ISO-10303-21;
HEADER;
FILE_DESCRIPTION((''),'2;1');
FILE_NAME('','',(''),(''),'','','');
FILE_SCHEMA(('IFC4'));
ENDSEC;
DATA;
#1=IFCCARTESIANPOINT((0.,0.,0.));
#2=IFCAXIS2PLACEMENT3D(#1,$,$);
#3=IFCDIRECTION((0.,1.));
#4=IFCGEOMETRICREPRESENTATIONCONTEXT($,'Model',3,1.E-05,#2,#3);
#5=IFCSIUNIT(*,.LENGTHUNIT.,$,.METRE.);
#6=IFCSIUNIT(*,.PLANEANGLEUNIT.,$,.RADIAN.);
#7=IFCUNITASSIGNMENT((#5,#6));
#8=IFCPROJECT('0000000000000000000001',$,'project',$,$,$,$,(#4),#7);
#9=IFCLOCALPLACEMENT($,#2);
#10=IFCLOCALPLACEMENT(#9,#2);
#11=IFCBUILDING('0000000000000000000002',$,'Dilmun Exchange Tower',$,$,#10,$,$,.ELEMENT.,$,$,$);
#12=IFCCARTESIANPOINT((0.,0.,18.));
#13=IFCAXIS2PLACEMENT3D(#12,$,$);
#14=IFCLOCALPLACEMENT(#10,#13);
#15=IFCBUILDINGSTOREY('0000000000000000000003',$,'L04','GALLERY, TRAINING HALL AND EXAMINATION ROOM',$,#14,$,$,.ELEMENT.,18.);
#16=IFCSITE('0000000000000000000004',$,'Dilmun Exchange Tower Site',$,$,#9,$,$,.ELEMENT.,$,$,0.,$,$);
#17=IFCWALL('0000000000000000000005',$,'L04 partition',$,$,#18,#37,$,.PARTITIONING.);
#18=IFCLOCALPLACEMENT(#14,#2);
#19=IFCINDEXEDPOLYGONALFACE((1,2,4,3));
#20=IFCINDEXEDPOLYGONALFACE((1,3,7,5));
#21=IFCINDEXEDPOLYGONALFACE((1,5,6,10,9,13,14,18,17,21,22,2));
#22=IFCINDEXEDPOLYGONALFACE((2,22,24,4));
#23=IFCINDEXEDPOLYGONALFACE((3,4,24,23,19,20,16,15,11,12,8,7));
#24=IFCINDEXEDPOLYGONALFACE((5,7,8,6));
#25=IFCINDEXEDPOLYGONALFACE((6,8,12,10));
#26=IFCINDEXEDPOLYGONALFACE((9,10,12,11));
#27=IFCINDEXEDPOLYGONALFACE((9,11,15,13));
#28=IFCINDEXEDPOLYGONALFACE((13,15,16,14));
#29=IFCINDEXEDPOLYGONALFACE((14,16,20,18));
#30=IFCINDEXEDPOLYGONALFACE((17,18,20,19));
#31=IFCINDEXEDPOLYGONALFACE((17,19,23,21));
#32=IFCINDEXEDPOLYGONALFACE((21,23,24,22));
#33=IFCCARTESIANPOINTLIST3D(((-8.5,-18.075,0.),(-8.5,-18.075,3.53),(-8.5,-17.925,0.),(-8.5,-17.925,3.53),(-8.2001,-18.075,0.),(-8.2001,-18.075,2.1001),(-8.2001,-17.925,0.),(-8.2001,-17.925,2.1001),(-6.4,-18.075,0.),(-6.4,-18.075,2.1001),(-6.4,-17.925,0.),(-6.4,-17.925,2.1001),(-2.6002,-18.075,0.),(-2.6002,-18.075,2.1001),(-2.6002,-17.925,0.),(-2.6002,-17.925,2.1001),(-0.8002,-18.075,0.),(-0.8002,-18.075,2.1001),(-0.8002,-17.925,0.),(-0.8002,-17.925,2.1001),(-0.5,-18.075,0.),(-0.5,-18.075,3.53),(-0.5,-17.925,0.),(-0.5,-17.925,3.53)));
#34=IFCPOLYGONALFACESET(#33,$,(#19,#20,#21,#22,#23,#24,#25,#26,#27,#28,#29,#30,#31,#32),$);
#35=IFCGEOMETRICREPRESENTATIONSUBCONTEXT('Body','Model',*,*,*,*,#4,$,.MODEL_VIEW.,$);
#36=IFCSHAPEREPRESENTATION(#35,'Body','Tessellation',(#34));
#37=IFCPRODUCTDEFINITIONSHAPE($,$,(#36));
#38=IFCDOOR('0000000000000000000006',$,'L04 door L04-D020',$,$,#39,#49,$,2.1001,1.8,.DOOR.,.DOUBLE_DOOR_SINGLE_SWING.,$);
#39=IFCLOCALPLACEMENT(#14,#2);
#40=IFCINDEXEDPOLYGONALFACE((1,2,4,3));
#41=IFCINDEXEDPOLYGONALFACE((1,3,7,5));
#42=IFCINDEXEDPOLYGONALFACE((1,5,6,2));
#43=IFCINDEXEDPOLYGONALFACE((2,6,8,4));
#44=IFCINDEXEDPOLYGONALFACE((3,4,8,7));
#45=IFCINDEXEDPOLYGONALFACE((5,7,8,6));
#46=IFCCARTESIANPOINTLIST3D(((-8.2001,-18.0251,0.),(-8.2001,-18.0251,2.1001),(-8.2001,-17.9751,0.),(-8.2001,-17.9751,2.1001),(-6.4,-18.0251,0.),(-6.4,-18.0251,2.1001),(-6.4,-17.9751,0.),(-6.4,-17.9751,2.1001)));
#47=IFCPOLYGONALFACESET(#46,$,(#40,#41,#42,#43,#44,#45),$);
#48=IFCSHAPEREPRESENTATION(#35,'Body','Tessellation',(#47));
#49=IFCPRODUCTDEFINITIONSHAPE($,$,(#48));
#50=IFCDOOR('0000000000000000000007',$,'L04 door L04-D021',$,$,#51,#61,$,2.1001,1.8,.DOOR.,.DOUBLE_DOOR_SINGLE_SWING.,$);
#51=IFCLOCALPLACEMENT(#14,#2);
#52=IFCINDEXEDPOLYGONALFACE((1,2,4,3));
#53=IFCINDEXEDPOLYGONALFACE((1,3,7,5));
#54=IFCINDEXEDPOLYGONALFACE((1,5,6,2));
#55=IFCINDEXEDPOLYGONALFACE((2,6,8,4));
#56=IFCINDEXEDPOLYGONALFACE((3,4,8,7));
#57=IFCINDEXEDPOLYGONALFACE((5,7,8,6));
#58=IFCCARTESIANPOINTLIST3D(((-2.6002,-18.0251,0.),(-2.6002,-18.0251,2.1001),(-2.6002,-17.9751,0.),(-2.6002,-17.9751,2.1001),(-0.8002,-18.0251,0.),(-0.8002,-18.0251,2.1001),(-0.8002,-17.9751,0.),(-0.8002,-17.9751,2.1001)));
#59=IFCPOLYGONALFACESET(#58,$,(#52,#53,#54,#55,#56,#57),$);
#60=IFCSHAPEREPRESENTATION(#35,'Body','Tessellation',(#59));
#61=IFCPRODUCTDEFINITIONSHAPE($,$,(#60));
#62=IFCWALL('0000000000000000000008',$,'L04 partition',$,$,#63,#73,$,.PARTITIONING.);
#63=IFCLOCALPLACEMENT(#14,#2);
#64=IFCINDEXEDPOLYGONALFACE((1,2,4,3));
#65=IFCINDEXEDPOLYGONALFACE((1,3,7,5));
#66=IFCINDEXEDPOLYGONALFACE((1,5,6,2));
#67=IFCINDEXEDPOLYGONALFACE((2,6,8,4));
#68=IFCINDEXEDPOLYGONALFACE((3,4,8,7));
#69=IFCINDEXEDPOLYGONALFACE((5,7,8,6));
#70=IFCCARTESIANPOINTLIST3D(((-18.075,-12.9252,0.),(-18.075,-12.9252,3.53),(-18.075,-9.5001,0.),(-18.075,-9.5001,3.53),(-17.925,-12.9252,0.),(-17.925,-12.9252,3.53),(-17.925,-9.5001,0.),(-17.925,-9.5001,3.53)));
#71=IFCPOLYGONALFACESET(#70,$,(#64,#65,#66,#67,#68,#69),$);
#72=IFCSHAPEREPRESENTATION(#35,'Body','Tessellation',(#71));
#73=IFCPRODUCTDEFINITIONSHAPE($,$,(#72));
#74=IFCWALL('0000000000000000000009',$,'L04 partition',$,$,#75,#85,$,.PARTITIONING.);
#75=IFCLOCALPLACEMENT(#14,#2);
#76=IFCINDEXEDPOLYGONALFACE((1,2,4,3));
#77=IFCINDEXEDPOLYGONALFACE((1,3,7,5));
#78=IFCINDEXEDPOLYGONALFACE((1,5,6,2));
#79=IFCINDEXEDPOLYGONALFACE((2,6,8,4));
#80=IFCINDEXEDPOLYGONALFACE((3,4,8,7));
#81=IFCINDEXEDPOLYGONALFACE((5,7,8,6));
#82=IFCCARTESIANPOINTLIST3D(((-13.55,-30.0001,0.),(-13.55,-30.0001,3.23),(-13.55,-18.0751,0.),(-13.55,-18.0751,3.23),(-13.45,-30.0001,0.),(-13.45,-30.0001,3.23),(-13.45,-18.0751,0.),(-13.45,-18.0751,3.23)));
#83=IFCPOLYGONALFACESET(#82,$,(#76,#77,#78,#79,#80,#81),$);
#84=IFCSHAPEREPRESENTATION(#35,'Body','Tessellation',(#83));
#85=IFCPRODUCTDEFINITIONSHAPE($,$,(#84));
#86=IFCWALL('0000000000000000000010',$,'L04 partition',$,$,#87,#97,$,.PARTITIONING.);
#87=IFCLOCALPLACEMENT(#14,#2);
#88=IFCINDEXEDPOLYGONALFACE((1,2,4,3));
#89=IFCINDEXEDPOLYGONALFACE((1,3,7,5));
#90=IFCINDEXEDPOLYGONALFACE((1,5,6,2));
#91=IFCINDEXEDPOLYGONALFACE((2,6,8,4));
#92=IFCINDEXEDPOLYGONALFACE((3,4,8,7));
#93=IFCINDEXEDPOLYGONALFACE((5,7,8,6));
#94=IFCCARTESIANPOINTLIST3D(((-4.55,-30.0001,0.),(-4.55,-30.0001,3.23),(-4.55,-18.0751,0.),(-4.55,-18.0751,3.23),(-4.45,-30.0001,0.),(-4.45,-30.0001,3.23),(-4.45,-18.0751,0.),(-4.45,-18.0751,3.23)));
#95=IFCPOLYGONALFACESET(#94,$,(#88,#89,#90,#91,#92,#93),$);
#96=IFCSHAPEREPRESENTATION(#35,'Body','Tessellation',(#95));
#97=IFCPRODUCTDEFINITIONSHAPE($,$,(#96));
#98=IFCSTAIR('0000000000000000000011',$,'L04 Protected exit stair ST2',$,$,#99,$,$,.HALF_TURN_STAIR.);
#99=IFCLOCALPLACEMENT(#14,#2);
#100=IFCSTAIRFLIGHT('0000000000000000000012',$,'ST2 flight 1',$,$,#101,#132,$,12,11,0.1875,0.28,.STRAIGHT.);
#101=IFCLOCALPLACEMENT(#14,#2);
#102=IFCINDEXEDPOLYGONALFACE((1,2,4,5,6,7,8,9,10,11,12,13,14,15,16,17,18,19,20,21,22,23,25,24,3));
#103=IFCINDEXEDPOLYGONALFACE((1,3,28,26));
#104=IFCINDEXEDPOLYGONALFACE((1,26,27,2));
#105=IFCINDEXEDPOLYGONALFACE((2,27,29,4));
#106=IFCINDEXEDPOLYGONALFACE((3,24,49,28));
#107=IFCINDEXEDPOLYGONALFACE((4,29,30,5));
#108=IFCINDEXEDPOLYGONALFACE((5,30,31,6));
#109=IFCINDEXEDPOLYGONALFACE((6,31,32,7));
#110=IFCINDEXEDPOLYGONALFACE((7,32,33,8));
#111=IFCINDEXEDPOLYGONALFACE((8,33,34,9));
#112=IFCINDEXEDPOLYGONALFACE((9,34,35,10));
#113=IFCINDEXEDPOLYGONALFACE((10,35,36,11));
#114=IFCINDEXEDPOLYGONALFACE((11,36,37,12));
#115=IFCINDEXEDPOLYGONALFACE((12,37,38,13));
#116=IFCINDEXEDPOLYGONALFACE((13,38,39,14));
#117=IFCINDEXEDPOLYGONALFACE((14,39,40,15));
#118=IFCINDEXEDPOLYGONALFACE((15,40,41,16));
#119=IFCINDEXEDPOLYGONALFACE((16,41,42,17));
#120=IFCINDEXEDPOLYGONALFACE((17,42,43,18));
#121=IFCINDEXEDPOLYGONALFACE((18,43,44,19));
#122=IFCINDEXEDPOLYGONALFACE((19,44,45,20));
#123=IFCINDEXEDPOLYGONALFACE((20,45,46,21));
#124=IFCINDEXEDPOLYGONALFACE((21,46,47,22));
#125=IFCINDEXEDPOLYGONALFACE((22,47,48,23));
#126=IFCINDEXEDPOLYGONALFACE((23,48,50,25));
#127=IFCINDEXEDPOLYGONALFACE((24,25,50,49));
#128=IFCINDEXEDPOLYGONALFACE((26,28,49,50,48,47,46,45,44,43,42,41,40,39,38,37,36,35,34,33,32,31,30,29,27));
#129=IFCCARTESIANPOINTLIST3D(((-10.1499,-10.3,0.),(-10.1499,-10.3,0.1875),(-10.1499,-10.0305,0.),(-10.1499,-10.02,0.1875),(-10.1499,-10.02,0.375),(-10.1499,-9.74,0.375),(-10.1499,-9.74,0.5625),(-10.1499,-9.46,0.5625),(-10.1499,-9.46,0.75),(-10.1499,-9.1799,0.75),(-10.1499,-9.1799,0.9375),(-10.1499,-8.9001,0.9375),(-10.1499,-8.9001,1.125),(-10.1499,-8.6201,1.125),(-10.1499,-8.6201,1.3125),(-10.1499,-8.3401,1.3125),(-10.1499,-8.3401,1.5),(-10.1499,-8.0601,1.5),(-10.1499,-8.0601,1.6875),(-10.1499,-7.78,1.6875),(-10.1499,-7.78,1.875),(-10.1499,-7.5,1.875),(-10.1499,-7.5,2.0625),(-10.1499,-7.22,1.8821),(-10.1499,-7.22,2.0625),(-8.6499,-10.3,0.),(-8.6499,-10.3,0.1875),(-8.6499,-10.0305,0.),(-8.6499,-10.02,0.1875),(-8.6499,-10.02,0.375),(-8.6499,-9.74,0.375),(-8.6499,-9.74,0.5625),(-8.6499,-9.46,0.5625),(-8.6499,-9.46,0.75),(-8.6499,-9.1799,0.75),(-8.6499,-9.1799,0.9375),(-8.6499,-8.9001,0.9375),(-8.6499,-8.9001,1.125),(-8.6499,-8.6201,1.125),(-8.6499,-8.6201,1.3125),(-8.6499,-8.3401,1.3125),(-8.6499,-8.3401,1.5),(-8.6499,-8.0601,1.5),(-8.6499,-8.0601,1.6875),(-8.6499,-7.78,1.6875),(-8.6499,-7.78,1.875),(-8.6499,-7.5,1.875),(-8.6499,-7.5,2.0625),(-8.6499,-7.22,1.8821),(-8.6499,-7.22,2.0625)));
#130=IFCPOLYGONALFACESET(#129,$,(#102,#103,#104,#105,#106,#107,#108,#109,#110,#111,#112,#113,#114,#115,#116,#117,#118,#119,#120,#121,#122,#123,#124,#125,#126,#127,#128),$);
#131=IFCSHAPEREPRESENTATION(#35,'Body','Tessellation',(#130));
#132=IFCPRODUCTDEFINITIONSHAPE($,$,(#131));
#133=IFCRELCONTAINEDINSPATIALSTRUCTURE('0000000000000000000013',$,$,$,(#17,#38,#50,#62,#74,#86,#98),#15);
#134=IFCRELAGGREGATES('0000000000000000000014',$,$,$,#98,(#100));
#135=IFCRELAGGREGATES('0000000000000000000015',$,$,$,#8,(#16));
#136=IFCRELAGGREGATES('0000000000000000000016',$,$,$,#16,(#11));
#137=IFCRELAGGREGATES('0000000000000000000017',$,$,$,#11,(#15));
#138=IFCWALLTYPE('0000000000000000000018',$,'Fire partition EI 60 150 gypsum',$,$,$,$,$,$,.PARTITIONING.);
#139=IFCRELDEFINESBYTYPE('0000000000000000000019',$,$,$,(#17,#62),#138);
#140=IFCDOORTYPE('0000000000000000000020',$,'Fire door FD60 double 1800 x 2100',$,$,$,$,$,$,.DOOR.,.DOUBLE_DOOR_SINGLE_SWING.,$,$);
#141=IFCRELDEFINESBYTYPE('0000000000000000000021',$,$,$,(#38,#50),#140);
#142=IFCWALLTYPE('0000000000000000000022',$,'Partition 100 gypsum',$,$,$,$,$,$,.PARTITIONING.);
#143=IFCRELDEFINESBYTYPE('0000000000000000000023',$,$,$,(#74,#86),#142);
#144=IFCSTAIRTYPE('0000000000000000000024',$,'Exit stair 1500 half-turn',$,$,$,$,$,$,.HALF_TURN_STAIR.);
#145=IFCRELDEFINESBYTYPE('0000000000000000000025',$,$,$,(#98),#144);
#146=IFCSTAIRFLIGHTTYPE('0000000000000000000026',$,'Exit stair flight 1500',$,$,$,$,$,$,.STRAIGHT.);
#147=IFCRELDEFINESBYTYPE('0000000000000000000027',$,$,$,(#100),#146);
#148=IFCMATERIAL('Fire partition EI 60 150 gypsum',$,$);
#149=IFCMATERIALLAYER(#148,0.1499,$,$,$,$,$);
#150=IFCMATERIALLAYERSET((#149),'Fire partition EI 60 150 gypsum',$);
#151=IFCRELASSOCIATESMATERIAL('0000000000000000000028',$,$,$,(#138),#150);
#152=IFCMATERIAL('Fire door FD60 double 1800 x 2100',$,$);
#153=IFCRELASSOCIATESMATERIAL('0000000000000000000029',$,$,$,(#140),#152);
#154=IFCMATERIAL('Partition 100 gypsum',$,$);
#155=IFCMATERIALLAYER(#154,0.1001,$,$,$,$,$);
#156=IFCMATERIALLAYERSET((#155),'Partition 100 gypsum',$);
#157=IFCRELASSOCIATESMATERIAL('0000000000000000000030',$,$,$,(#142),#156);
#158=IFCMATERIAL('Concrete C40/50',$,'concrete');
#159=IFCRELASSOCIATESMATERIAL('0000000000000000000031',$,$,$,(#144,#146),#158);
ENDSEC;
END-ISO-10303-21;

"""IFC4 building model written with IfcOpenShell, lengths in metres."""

from ifc_helpers import new_model, si_unit, direction, frame, frame_2d, origin, place, context, subcontext, project, spatial, polyline, rectangle, outline, extrude, material, layer, layer_set, type_object, element, fill, aggregate, save


model = new_model("IFC4")

# Units and contexts
model_context = context("Model", 3, precision=1e-05, world=origin(), true_north=direction((0.0, 1.0)))
body_context = subcontext(model_context, "Body", "Model", "MODEL_VIEW")
ifc_project = project(units=[si_unit("LENGTHUNIT", "METRE"), si_unit("PLANEANGLEUNIT", "RADIAN")], contexts=[model_context])

# Site, building, storey
site_placement = place(None, origin())
site = spatial("IfcSite", under=ifc_project, at=site_placement, Name="Dilmun Exchange Tower Site", CompositionType="ELEMENT", RefElevation=0.0)
building_placement = place(site_placement, origin())
building = spatial("IfcBuilding", under=site, at=building_placement, Name="Dilmun Exchange Tower", CompositionType="ELEMENT")
storey_placement = place(building_placement, frame((0.0, 0.0, 18.0)))
storey = spatial("IfcBuildingStorey", under=building, at=storey_placement, Name="L04", Description="GALLERY, TRAINING HALL AND EXAMINATION ROOM", CompositionType="ELEMENT", Elevation=18.0)

# Shared definitions
ifc_material_1 = material(Name="Concrete C40/50", Category="concrete")

# Shared definitions
ifc_material_2 = material(Name="Fire partition EI 60 150 gypsum")
ifc_layer_1 = layer(ifc_material_2, 0.1499)
ifc_layer_set_1 = layer_set([ifc_layer_1], Name="Fire partition EI 60 150 gypsum")
wall_type_1 = type_object("IfcWallType", Name="Fire partition EI 60 150 gypsum", PredefinedType="PARTITIONING", material=ifc_layer_set_1)

# Wall, openings, doors
wall_1_placement = place(storey_placement, frame((-8.5, -18.0, 0.0), z_axis=(0.0, 0.0, 1.0), x_axis=(1.0, 0.0, 0.0)))
wall_1 = element("IfcWall", 1, at=wall_1_placement, inside=storey, type_object=wall_type_1, Name="L04 partition", PredefinedType="PARTITIONING", context=body_context, shape_type="SweptSolid", body=[
    extrude(rectangle(XDim=8.0, YDim=0.1499, at=frame_2d((4.0, 0.0))), origin(), (0.0, 0.0, 1.0), 3.53),
])
opening_1_placement = place(wall_1_placement, frame((0.3, 0.0, 0.0)))
opening_1 = element("IfcOpeningElement", 2, at=opening_1_placement, cuts=wall_1, PredefinedType="OPENING", context=body_context, shape_type="SweptSolid", body=[
    extrude(rectangle(XDim=1.8, YDim=2.1001, at=frame_2d((0.8999, 1.05))), frame((0.0, 0.085, 0.0), z_axis=(0.0, -1.0, 0.0), x_axis=(1.0, 0.0, 0.0)), (0.0, 0.0, 1.0), 0.1699),
])
opening_2_placement = place(wall_1_placement, frame((5.8999, 0.0, 0.0)))
opening_2 = element("IfcOpeningElement", 3, at=opening_2_placement, cuts=wall_1, PredefinedType="OPENING", context=body_context, shape_type="SweptSolid", body=[
    extrude(rectangle(XDim=1.8, YDim=2.1001, at=frame_2d((0.8999, 1.05))), frame((0.0, 0.085, 0.0), z_axis=(0.0, -1.0, 0.0), x_axis=(1.0, 0.0, 0.0)), (0.0, 0.0, 1.0), 0.1699),
])
ifc_material_3 = material(Name="Fire door FD60 double 1800 x 2100")
door_type_1 = type_object("IfcDoorType", Name="Fire door FD60 double 1800 x 2100", OperationType="DOUBLE_DOOR_SINGLE_SWING", PredefinedType="DOOR", material=ifc_material_3)
door_1_placement = place(opening_1_placement, origin())
door_1 = element("IfcDoor", 4, at=door_1_placement, inside=storey, type_object=door_type_1, Name="L04 door L04-D020", OperationType="DOUBLE_DOOR_SINGLE_SWING", OverallHeight=2.1001, OverallWidth=1.8, PredefinedType="DOOR", context=body_context, shape_type="SweptSolid", body=[
    extrude(rectangle(XDim=1.8, YDim=2.1001, at=frame_2d((0.8999, 1.05))), frame((0.0, 0.0249, 0.0), z_axis=(0.0, -1.0, 0.0), x_axis=(1.0, 0.0, 0.0)), (0.0, 0.0, 1.0), 0.05),
])
fill(opening_1, door_1)
door_2_placement = place(opening_2_placement, origin())
door_2 = element("IfcDoor", 5, at=door_2_placement, inside=storey, type_object=door_type_1, Name="L04 door L04-D021", OperationType="DOUBLE_DOOR_SINGLE_SWING", OverallHeight=2.1001, OverallWidth=1.8, PredefinedType="DOOR", context=body_context, shape_type="SweptSolid", body=[
    extrude(rectangle(XDim=1.8, YDim=2.1001, at=frame_2d((0.8999, 1.05))), frame((0.0, 0.0249, 0.0), z_axis=(0.0, -1.0, 0.0), x_axis=(1.0, 0.0, 0.0)), (0.0, 0.0, 1.0), 0.05),
])
fill(opening_2, door_2)

# Walls
wall_2_placement = place(storey_placement, frame((-18.0, -12.925, 0.0), z_axis=(0.0, 0.0, 1.0), x_axis=(0.0, 1.0, 0.0)))
element("IfcWall", 6, at=wall_2_placement, inside=storey, type_object=wall_type_1, Name="L04 partition", PredefinedType="PARTITIONING", context=body_context, shape_type="SweptSolid", body=[
    extrude(rectangle(XDim=3.425, YDim=0.1499, at=frame_2d((1.7124, 0.0))), origin(), (0.0, 0.0, 1.0), 3.53),
])
ifc_material_4 = material(Name="Partition 100 gypsum")
ifc_layer_2 = layer(ifc_material_4, 0.1001)
ifc_layer_set_2 = layer_set([ifc_layer_2], Name="Partition 100 gypsum")
wall_type_2 = type_object("IfcWallType", Name="Partition 100 gypsum", PredefinedType="PARTITIONING", material=ifc_layer_set_2)
for number, where, z_axis, x_axis, name in (
    (7, (-13.5, -30.0, 0.0), (0.0, 0.0, 1.0), (0.0, 1.0, 0.0), "L04 partition"),
    (8, (-4.5, -30.0, 0.0), (0.0, 0.0, 1.0), (0.0, 1.0, 0.0), "L04 partition"),
):
    element("IfcWall", number, at=place(storey_placement, frame(where, z_axis=z_axis, x_axis=x_axis)), inside=storey, type_object=wall_type_2, Name=name, PredefinedType="PARTITIONING", context=body_context, shape_type="SweptSolid", body=[
        extrude(rectangle(XDim=11.925, YDim=0.1001, at=frame_2d((5.9624, 0.0))), origin(), (0.0, 0.0, 1.0), 3.23),
    ])

# Stair, stair flight
stair_type = type_object("IfcStairType", Name="Exit stair 1500 half-turn", PredefinedType="HALF_TURN_STAIR", material=ifc_material_1)
stair_placement = place(storey_placement, origin())
stair = element("IfcStair", 9, at=stair_placement, inside=storey, type_object=stair_type, Name="L04 Protected exit stair ST2", PredefinedType="HALF_TURN_STAIR")
stair_flight_type = type_object("IfcStairFlightType", Name="Exit stair flight 1500", PredefinedType="STRAIGHT", material=ifc_material_1)
stair_flight_placement = place(storey_placement, frame((-9.3999, -10.3, 0.0), z_axis=(0.0, 0.0, 1.0), x_axis=(0.0, 1.0, 0.0)))
stair_flight = element("IfcStairFlight", 10, at=stair_flight_placement, type_object=stair_flight_type, Name="ST2 flight 1", NumberOfRisers=12, NumberOfTreads=11, PredefinedType="STRAIGHT", RiserHeight=0.1875, TreadLength=0.28, context=body_context, shape_type="SweptSolid", body=[
    extrude(outline(polyline([(0.0, 0.0), (0.0, 0.1875), (0.28, 0.1875), (0.28, 0.375), (0.5601, 0.375), (0.5601, 0.5625), (0.8401, 0.5625), (0.8401, 0.75), (1.1201, 0.75), (1.1201, 0.9375), (1.3999, 0.9375), (1.3999, 1.125), (1.6799, 1.125), (1.6799, 1.3125), (1.96, 1.3125), (1.96, 1.5), (2.24, 1.5), (2.24, 1.6875), (2.52, 1.6875), (2.52, 1.875), (2.8, 1.875), (2.8, 2.0625), (3.0801, 2.0625), (3.0801, 2.25), (3.0801, 1.8821), (0.2695, 0.0), (0.0, 0.0)])), frame((0.0, 0.75, 0.0), z_axis=(0.0, -1.0, 0.0), x_axis=(1.0, 0.0, 0.0)), (0.0, 0.0, 1.0), 1.5),
])
aggregate(stair, [stair_flight])

save(model, "model.ifc")
